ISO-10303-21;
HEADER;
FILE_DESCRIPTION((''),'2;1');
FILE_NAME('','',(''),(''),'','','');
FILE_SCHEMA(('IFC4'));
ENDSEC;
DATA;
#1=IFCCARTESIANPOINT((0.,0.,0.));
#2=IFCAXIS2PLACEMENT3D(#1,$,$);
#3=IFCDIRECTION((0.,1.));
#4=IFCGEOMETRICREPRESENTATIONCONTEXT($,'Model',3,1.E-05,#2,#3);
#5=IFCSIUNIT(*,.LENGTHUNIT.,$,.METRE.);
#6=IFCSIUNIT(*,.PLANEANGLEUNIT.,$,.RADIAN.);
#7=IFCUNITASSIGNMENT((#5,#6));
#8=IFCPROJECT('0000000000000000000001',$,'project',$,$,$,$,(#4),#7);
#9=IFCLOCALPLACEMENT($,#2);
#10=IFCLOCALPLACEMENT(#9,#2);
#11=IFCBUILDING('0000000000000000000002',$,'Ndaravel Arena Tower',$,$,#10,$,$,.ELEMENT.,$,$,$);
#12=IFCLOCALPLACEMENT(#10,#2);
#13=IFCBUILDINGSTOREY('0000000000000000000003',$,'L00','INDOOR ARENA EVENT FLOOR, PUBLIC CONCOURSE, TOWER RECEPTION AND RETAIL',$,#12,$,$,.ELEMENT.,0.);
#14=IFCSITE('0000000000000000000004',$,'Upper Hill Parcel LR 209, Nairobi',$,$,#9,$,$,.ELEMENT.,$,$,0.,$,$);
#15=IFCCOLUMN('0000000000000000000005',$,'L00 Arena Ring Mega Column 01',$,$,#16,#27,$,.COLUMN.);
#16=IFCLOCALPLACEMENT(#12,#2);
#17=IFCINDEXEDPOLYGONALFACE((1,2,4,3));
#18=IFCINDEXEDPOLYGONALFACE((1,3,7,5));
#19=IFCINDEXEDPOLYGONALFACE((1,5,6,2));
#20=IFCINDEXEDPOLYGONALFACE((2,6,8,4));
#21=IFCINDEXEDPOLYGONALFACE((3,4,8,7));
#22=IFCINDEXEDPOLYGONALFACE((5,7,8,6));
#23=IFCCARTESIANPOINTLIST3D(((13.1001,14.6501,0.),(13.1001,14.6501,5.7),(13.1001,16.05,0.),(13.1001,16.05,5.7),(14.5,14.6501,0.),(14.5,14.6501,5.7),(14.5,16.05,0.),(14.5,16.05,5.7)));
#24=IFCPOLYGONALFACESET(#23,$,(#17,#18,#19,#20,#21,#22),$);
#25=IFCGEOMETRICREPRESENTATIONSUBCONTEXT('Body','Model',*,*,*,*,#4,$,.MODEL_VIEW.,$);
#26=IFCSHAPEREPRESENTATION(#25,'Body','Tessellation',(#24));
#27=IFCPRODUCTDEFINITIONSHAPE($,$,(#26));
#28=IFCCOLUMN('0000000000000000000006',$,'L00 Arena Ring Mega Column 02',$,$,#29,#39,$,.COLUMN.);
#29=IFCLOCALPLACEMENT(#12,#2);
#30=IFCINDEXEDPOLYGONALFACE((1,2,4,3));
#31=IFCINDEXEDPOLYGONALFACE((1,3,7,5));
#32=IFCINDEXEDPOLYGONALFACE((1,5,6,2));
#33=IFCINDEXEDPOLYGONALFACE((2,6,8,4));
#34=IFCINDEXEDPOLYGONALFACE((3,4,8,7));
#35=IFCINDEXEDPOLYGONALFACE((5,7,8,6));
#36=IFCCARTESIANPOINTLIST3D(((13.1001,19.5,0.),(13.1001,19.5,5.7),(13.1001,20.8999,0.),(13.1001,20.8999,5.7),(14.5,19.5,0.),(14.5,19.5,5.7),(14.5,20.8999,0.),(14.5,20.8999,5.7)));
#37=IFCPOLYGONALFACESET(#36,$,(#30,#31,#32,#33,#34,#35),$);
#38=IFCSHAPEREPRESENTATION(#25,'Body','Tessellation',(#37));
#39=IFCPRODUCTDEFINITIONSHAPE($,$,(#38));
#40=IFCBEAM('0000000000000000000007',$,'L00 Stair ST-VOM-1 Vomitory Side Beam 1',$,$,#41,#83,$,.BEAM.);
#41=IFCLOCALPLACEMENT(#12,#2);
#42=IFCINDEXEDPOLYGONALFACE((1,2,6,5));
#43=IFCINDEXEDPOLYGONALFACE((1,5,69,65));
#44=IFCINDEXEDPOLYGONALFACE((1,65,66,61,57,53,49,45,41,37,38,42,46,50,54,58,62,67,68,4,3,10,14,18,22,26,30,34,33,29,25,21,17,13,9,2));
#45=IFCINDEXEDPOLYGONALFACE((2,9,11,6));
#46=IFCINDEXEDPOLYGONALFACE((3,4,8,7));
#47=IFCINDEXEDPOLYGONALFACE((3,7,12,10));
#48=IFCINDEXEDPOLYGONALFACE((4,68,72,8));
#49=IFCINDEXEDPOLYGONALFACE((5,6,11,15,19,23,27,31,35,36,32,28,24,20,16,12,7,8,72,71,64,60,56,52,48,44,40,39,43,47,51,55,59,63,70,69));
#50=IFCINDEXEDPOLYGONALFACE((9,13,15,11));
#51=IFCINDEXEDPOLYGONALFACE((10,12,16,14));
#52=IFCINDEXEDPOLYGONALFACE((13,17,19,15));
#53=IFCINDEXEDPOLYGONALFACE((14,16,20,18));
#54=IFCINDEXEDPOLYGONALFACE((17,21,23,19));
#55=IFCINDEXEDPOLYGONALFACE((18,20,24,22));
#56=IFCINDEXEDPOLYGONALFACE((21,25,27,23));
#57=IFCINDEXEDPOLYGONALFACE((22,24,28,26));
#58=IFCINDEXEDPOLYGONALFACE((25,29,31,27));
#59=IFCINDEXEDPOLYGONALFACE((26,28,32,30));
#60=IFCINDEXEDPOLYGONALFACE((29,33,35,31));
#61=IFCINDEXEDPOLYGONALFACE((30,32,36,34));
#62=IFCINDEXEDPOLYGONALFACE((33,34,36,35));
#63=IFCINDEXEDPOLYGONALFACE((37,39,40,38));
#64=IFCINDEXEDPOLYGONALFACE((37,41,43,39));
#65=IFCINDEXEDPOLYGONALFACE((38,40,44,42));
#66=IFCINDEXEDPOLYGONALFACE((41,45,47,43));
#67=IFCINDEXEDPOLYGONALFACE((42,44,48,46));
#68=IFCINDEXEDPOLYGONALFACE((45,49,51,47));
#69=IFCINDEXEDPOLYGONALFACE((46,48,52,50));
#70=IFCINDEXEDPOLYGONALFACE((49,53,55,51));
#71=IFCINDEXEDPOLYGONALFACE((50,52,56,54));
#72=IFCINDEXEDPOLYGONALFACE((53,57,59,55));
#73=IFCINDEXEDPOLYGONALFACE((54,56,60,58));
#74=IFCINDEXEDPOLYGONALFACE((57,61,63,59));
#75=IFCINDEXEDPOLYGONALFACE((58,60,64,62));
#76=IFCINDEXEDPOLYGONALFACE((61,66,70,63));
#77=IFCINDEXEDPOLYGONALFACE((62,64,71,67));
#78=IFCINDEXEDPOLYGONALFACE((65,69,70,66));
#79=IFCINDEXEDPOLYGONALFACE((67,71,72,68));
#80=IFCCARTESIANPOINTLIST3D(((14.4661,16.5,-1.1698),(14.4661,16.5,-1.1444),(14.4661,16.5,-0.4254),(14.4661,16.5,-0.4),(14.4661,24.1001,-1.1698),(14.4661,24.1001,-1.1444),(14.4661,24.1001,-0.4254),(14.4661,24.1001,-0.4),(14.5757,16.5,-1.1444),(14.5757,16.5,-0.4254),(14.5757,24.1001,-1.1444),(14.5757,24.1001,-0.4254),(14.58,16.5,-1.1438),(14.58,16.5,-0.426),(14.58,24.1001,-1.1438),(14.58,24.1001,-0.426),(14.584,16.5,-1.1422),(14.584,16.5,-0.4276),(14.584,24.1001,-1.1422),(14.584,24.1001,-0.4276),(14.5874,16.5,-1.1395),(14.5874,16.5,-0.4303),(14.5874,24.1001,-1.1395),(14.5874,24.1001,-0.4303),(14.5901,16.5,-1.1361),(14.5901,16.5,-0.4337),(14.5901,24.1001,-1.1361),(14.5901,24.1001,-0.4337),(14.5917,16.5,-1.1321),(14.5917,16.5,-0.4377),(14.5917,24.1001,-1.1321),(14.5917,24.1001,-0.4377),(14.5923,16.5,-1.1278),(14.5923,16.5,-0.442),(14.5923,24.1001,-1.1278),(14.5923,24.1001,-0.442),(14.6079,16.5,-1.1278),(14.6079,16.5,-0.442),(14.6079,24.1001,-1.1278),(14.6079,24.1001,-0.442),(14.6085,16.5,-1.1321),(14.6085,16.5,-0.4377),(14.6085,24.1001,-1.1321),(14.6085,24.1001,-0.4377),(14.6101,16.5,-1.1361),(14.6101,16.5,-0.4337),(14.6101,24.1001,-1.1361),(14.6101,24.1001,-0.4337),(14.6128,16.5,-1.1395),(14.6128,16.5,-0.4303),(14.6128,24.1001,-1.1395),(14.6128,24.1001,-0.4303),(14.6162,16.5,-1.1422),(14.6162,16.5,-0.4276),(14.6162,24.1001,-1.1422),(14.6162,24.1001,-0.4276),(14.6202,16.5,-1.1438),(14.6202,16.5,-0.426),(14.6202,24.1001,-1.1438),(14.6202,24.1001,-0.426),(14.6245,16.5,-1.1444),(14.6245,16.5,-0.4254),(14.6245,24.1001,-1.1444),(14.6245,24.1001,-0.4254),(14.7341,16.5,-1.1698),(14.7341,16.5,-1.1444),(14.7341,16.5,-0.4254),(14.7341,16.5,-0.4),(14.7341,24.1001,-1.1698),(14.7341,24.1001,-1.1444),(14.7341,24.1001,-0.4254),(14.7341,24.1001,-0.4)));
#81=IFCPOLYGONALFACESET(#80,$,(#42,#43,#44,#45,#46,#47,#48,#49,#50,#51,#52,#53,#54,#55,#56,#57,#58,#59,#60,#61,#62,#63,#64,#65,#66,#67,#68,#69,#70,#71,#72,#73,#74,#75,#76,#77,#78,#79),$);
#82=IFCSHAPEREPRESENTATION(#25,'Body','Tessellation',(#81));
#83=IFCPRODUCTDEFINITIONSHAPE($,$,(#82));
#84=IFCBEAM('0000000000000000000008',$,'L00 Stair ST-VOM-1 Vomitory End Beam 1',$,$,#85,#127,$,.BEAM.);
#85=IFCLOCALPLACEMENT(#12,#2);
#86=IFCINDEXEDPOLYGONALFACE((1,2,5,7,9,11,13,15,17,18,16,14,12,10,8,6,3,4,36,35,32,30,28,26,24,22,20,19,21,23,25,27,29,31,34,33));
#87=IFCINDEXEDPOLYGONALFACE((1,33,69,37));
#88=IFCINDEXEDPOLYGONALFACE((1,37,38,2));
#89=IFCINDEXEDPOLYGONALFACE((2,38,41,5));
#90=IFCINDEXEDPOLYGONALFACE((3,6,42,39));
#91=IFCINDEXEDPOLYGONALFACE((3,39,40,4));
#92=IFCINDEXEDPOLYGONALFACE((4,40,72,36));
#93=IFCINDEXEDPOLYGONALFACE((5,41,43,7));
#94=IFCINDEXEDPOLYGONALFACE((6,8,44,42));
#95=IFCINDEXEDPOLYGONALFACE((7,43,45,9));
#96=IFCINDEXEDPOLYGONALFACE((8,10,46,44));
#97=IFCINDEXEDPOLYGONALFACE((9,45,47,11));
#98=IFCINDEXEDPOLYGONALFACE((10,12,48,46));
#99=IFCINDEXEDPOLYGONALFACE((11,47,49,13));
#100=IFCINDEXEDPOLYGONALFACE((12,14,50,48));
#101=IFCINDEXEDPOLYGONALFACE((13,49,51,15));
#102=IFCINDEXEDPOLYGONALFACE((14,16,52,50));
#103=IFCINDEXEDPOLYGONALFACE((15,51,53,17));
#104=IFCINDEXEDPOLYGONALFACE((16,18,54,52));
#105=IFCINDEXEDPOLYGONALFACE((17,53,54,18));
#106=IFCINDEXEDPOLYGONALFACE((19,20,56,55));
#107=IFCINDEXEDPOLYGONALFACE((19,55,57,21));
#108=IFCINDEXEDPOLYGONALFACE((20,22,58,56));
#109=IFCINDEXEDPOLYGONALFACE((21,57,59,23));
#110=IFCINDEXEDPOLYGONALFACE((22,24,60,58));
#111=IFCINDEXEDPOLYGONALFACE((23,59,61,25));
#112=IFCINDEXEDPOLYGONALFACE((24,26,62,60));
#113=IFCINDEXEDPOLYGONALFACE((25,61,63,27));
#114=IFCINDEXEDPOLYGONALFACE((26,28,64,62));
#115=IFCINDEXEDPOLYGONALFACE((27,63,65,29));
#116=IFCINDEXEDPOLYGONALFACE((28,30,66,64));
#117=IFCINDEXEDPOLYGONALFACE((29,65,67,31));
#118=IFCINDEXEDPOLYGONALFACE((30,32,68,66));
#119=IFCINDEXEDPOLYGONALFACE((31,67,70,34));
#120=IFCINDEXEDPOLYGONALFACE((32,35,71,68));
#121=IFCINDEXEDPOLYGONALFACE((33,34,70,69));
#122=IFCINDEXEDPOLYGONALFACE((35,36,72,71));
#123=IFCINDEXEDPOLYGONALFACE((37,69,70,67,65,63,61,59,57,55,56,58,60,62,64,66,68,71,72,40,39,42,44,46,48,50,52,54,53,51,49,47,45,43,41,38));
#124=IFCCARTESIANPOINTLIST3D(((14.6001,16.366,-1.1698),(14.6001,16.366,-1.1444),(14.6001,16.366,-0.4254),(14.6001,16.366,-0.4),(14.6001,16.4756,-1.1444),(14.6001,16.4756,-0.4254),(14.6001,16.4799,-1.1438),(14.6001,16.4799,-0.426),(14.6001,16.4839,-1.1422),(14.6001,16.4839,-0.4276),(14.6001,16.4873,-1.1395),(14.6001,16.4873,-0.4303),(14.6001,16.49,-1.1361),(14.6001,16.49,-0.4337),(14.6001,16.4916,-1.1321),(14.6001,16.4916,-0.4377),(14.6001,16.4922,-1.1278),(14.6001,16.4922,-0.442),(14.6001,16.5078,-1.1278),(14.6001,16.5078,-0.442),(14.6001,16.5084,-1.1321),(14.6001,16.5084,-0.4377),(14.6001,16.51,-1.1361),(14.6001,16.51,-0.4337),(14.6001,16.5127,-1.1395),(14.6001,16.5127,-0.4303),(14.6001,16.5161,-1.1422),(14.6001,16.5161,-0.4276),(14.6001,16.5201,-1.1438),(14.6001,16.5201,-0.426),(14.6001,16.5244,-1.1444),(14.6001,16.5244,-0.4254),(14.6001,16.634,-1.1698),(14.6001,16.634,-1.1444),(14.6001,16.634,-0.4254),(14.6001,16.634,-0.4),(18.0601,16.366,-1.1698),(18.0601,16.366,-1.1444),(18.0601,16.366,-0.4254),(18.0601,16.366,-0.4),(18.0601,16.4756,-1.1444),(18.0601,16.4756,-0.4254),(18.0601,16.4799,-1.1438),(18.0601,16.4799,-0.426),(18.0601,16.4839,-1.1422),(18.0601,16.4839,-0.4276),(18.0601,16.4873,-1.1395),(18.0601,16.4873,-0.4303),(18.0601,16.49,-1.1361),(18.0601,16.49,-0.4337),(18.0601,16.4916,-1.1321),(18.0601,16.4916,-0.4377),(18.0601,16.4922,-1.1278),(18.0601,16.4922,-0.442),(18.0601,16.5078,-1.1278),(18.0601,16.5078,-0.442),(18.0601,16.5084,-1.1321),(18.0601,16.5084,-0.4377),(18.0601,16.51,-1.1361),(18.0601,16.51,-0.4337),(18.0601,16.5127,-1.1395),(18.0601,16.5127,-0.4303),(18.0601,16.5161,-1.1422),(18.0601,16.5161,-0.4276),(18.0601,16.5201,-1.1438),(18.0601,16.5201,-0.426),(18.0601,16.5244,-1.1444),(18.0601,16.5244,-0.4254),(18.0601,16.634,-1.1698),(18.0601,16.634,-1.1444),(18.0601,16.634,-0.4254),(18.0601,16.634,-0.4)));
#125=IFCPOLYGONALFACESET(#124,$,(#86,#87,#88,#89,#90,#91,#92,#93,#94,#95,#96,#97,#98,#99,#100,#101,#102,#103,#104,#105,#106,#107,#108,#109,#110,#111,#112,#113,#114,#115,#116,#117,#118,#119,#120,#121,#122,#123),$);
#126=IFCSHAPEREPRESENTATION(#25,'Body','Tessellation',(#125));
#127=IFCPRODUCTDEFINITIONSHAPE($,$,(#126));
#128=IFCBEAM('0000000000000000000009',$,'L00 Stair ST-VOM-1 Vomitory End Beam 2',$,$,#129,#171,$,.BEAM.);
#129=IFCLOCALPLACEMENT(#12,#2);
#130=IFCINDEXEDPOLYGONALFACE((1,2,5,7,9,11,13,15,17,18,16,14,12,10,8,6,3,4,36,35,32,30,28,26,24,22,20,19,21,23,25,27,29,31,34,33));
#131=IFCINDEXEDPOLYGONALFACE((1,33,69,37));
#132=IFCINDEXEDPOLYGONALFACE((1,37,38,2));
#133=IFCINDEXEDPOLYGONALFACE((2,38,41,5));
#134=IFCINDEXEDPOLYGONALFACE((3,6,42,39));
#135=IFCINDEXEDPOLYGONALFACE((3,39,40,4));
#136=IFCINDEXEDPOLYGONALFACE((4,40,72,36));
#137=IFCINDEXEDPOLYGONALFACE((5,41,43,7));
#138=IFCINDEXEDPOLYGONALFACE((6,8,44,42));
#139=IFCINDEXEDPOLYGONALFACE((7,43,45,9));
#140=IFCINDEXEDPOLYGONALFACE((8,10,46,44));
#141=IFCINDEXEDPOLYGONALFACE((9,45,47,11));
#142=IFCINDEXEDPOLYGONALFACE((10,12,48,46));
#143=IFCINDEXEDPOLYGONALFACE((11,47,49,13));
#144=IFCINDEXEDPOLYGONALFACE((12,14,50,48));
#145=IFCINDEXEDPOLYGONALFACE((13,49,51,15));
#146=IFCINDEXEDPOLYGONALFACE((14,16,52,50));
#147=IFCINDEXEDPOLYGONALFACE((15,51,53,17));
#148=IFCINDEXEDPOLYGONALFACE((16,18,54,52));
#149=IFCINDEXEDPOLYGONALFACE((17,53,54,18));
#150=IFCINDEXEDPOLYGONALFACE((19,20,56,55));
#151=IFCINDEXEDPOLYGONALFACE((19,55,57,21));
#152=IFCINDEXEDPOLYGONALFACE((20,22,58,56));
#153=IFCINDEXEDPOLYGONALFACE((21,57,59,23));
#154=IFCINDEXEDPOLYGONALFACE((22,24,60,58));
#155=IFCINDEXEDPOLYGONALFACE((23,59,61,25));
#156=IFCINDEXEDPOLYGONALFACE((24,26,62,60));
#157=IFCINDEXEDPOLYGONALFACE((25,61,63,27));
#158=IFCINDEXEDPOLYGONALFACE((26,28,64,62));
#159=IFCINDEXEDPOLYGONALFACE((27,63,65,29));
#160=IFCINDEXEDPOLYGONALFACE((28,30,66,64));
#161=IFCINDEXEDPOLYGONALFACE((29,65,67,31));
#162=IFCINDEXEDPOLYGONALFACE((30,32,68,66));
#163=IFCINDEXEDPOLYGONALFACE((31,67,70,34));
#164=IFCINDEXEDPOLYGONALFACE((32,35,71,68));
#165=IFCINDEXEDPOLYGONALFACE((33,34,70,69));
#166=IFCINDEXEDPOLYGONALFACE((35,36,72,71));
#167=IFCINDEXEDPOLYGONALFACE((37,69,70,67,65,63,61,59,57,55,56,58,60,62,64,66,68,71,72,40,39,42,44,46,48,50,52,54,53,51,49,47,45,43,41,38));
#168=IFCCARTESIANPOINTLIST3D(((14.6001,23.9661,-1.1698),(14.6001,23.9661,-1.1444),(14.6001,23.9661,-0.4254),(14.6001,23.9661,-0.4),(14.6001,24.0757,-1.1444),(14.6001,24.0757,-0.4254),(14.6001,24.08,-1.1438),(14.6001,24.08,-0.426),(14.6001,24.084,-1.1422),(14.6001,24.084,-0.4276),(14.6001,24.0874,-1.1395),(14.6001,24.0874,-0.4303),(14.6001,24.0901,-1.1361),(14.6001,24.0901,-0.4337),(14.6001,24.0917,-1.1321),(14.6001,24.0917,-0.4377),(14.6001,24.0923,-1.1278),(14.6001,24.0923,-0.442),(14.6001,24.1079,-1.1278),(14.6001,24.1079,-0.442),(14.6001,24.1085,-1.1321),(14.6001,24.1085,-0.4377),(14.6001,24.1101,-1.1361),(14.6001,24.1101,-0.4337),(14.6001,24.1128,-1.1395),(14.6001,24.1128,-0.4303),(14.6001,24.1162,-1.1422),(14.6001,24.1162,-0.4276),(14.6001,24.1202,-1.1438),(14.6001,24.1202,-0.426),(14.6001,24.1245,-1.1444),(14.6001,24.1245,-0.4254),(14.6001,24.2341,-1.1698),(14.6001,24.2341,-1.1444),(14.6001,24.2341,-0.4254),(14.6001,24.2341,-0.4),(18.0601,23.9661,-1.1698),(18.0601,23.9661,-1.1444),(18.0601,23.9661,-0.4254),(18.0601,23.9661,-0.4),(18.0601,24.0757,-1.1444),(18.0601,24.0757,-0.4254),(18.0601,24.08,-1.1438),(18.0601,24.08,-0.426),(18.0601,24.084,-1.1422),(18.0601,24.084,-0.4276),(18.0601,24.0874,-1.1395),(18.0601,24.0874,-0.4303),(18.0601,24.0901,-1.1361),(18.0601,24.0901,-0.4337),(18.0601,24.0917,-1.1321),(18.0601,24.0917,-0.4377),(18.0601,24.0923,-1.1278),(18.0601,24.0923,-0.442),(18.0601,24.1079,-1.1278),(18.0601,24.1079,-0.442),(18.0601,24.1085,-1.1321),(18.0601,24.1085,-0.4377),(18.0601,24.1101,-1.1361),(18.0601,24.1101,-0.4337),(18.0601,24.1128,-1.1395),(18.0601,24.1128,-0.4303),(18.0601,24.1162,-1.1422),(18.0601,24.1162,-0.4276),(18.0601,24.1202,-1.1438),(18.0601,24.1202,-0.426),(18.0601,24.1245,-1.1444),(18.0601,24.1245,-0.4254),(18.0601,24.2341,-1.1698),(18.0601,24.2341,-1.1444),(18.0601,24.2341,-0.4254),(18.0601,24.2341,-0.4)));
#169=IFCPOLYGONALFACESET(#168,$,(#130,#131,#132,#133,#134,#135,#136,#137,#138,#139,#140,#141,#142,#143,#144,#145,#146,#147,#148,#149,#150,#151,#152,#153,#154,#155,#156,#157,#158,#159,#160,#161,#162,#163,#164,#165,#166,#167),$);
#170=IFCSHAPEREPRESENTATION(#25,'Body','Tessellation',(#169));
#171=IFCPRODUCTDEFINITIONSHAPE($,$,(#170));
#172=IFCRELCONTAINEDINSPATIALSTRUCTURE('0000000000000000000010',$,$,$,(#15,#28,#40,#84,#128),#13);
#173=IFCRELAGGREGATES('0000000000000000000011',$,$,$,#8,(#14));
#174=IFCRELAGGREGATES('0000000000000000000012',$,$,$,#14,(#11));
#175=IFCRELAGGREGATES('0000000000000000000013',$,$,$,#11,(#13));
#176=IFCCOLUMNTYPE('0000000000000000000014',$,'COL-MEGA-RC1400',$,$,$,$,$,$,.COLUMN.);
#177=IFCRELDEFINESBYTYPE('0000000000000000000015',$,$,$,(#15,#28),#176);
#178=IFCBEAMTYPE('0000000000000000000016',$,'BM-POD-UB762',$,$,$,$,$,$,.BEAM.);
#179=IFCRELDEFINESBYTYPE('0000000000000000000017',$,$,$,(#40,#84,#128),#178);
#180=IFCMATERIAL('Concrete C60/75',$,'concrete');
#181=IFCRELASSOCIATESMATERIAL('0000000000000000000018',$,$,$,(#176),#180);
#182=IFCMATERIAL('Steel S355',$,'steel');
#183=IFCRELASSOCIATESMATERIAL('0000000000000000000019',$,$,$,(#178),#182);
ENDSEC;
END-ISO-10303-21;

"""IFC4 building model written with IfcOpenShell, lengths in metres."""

from ifc_helpers import new_model, si_unit, direction, frame, origin, origin_2d, place, context, subcontext, project, spatial, rectangle, i_section, extrude, material, material_profile, profile_set, type_object, element, save


model = new_model("IFC4")

# Units and contexts
model_context = context("Model", 3, precision=1e-05, world=origin(), true_north=direction((0.0, 1.0)))
body_context = subcontext(model_context, "Body", "Model", "MODEL_VIEW")
ifc_project = project(units=[si_unit("LENGTHUNIT", "METRE"), si_unit("PLANEANGLEUNIT", "RADIAN")], contexts=[model_context])

# Site, building, storey
site_placement = place(None, origin())
site = spatial("IfcSite", under=ifc_project, at=site_placement, Name="Upper Hill Parcel LR 209, Nairobi", CompositionType="ELEMENT", RefElevation=0.0)
building_placement = place(site_placement, origin())
building = spatial("IfcBuilding", under=site, at=building_placement, Name="Ndaravel Arena Tower", CompositionType="ELEMENT")
storey_placement = place(building_placement, origin())
storey = spatial("IfcBuildingStorey", under=building, at=storey_placement, Name="L00", Description="INDOOR ARENA EVENT FLOOR, PUBLIC CONCOURSE, TOWER RECEPTION AND RETAIL", CompositionType="ELEMENT", Elevation=0.0)

# Columns
ifc_material_1 = material(Name="Concrete C60/75", Category="concrete")
ifc_material_profile_1 = material_profile(ifc_material_1, rectangle(XDim=1.3999, YDim=1.3999, at=origin_2d()), Name="RC 1400x1400")
ifc_profile_set_1 = profile_set([ifc_material_profile_1], Name="Concrete C60/75")
column_type = type_object("IfcColumnType", Name="COL-MEGA-RC1400", PredefinedType="COLUMN", material=ifc_profile_set_1)
for number, where, z_axis, x_axis, name in (
    (1, (13.8, 15.3501, 0.0), (0.0, 0.0, 1.0), (1.0, 0.0, 0.0), "L00 Arena Ring Mega Column 01"),
    (2, (13.8, 20.2, 0.0), (0.0, 0.0, 1.0), (1.0, 0.0, 0.0), "L00 Arena Ring Mega Column 02"),
):
    element("IfcColumn", number, at=place(storey_placement, frame(where, z_axis=z_axis, x_axis=x_axis)), inside=storey, type_object=column_type, Name=name, PredefinedType="COLUMN", context=body_context, shape_type="SweptSolid", body=[
        extrude(rectangle(XDim=1.3999, YDim=1.3999, at=origin_2d()), origin(), (0.0, 0.0, 1.0), 5.7),
    ])

# Beams
ifc_material_2 = material(Name="Steel S355", Category="steel")
ifc_material_profile_2 = material_profile(ifc_material_2, i_section(OverallWidth=0.2681, OverallDepth=0.7698, WebThickness=0.0156, FlangeThickness=0.0254, FilletRadius=0.0166, at=origin_2d()), Name="UB 762x267x197")
ifc_profile_set_2 = profile_set([ifc_material_profile_2], Name="Steel S355")
beam_type_1 = type_object("IfcBeamType", Name="BM-POD-UB762", PredefinedType="BEAM", material=ifc_profile_set_2)
beam_1_placement = place(storey_placement, frame((14.6001, 16.5, -0.7849), z_axis=(0.0, 1.0, 0.0), x_axis=(-1.0, 0.0, 0.0)))
element("IfcBeam", 3, at=beam_1_placement, inside=storey, type_object=beam_type_1, Name="L00 Stair ST-VOM-1 Vomitory Side Beam 1", PredefinedType="BEAM", context=body_context, shape_type="SweptSolid", body=[
    extrude(i_section(OverallWidth=0.2681, OverallDepth=0.7698, WebThickness=0.0156, FlangeThickness=0.0254, FilletRadius=0.0166, at=origin_2d()), origin(), (0.0, 0.0, 1.0), 7.6001),
])
for number, where, z_axis, x_axis, name in (
    (4, (14.6001, 16.5, -0.7849), (1.0, 0.0, 0.0), (0.0, 1.0, 0.0), "L00 Stair ST-VOM-1 Vomitory End Beam 1"),
    (5, (14.6001, 24.1001, -0.7849), (1.0, 0.0, 0.0), (0.0, 1.0, 0.0), "L00 Stair ST-VOM-1 Vomitory End Beam 2"),
):
    element("IfcBeam", number, at=place(storey_placement, frame(where, z_axis=z_axis, x_axis=x_axis)), inside=storey, type_object=beam_type_1, Name=name, PredefinedType="BEAM", context=body_context, shape_type="SweptSolid", body=[
        extrude(i_section(OverallWidth=0.2681, OverallDepth=0.7698, WebThickness=0.0156, FlangeThickness=0.0254, FilletRadius=0.0166, at=origin_2d()), origin(), (0.0, 0.0, 1.0), 3.46),
    ])

save(model, "model.ifc")
